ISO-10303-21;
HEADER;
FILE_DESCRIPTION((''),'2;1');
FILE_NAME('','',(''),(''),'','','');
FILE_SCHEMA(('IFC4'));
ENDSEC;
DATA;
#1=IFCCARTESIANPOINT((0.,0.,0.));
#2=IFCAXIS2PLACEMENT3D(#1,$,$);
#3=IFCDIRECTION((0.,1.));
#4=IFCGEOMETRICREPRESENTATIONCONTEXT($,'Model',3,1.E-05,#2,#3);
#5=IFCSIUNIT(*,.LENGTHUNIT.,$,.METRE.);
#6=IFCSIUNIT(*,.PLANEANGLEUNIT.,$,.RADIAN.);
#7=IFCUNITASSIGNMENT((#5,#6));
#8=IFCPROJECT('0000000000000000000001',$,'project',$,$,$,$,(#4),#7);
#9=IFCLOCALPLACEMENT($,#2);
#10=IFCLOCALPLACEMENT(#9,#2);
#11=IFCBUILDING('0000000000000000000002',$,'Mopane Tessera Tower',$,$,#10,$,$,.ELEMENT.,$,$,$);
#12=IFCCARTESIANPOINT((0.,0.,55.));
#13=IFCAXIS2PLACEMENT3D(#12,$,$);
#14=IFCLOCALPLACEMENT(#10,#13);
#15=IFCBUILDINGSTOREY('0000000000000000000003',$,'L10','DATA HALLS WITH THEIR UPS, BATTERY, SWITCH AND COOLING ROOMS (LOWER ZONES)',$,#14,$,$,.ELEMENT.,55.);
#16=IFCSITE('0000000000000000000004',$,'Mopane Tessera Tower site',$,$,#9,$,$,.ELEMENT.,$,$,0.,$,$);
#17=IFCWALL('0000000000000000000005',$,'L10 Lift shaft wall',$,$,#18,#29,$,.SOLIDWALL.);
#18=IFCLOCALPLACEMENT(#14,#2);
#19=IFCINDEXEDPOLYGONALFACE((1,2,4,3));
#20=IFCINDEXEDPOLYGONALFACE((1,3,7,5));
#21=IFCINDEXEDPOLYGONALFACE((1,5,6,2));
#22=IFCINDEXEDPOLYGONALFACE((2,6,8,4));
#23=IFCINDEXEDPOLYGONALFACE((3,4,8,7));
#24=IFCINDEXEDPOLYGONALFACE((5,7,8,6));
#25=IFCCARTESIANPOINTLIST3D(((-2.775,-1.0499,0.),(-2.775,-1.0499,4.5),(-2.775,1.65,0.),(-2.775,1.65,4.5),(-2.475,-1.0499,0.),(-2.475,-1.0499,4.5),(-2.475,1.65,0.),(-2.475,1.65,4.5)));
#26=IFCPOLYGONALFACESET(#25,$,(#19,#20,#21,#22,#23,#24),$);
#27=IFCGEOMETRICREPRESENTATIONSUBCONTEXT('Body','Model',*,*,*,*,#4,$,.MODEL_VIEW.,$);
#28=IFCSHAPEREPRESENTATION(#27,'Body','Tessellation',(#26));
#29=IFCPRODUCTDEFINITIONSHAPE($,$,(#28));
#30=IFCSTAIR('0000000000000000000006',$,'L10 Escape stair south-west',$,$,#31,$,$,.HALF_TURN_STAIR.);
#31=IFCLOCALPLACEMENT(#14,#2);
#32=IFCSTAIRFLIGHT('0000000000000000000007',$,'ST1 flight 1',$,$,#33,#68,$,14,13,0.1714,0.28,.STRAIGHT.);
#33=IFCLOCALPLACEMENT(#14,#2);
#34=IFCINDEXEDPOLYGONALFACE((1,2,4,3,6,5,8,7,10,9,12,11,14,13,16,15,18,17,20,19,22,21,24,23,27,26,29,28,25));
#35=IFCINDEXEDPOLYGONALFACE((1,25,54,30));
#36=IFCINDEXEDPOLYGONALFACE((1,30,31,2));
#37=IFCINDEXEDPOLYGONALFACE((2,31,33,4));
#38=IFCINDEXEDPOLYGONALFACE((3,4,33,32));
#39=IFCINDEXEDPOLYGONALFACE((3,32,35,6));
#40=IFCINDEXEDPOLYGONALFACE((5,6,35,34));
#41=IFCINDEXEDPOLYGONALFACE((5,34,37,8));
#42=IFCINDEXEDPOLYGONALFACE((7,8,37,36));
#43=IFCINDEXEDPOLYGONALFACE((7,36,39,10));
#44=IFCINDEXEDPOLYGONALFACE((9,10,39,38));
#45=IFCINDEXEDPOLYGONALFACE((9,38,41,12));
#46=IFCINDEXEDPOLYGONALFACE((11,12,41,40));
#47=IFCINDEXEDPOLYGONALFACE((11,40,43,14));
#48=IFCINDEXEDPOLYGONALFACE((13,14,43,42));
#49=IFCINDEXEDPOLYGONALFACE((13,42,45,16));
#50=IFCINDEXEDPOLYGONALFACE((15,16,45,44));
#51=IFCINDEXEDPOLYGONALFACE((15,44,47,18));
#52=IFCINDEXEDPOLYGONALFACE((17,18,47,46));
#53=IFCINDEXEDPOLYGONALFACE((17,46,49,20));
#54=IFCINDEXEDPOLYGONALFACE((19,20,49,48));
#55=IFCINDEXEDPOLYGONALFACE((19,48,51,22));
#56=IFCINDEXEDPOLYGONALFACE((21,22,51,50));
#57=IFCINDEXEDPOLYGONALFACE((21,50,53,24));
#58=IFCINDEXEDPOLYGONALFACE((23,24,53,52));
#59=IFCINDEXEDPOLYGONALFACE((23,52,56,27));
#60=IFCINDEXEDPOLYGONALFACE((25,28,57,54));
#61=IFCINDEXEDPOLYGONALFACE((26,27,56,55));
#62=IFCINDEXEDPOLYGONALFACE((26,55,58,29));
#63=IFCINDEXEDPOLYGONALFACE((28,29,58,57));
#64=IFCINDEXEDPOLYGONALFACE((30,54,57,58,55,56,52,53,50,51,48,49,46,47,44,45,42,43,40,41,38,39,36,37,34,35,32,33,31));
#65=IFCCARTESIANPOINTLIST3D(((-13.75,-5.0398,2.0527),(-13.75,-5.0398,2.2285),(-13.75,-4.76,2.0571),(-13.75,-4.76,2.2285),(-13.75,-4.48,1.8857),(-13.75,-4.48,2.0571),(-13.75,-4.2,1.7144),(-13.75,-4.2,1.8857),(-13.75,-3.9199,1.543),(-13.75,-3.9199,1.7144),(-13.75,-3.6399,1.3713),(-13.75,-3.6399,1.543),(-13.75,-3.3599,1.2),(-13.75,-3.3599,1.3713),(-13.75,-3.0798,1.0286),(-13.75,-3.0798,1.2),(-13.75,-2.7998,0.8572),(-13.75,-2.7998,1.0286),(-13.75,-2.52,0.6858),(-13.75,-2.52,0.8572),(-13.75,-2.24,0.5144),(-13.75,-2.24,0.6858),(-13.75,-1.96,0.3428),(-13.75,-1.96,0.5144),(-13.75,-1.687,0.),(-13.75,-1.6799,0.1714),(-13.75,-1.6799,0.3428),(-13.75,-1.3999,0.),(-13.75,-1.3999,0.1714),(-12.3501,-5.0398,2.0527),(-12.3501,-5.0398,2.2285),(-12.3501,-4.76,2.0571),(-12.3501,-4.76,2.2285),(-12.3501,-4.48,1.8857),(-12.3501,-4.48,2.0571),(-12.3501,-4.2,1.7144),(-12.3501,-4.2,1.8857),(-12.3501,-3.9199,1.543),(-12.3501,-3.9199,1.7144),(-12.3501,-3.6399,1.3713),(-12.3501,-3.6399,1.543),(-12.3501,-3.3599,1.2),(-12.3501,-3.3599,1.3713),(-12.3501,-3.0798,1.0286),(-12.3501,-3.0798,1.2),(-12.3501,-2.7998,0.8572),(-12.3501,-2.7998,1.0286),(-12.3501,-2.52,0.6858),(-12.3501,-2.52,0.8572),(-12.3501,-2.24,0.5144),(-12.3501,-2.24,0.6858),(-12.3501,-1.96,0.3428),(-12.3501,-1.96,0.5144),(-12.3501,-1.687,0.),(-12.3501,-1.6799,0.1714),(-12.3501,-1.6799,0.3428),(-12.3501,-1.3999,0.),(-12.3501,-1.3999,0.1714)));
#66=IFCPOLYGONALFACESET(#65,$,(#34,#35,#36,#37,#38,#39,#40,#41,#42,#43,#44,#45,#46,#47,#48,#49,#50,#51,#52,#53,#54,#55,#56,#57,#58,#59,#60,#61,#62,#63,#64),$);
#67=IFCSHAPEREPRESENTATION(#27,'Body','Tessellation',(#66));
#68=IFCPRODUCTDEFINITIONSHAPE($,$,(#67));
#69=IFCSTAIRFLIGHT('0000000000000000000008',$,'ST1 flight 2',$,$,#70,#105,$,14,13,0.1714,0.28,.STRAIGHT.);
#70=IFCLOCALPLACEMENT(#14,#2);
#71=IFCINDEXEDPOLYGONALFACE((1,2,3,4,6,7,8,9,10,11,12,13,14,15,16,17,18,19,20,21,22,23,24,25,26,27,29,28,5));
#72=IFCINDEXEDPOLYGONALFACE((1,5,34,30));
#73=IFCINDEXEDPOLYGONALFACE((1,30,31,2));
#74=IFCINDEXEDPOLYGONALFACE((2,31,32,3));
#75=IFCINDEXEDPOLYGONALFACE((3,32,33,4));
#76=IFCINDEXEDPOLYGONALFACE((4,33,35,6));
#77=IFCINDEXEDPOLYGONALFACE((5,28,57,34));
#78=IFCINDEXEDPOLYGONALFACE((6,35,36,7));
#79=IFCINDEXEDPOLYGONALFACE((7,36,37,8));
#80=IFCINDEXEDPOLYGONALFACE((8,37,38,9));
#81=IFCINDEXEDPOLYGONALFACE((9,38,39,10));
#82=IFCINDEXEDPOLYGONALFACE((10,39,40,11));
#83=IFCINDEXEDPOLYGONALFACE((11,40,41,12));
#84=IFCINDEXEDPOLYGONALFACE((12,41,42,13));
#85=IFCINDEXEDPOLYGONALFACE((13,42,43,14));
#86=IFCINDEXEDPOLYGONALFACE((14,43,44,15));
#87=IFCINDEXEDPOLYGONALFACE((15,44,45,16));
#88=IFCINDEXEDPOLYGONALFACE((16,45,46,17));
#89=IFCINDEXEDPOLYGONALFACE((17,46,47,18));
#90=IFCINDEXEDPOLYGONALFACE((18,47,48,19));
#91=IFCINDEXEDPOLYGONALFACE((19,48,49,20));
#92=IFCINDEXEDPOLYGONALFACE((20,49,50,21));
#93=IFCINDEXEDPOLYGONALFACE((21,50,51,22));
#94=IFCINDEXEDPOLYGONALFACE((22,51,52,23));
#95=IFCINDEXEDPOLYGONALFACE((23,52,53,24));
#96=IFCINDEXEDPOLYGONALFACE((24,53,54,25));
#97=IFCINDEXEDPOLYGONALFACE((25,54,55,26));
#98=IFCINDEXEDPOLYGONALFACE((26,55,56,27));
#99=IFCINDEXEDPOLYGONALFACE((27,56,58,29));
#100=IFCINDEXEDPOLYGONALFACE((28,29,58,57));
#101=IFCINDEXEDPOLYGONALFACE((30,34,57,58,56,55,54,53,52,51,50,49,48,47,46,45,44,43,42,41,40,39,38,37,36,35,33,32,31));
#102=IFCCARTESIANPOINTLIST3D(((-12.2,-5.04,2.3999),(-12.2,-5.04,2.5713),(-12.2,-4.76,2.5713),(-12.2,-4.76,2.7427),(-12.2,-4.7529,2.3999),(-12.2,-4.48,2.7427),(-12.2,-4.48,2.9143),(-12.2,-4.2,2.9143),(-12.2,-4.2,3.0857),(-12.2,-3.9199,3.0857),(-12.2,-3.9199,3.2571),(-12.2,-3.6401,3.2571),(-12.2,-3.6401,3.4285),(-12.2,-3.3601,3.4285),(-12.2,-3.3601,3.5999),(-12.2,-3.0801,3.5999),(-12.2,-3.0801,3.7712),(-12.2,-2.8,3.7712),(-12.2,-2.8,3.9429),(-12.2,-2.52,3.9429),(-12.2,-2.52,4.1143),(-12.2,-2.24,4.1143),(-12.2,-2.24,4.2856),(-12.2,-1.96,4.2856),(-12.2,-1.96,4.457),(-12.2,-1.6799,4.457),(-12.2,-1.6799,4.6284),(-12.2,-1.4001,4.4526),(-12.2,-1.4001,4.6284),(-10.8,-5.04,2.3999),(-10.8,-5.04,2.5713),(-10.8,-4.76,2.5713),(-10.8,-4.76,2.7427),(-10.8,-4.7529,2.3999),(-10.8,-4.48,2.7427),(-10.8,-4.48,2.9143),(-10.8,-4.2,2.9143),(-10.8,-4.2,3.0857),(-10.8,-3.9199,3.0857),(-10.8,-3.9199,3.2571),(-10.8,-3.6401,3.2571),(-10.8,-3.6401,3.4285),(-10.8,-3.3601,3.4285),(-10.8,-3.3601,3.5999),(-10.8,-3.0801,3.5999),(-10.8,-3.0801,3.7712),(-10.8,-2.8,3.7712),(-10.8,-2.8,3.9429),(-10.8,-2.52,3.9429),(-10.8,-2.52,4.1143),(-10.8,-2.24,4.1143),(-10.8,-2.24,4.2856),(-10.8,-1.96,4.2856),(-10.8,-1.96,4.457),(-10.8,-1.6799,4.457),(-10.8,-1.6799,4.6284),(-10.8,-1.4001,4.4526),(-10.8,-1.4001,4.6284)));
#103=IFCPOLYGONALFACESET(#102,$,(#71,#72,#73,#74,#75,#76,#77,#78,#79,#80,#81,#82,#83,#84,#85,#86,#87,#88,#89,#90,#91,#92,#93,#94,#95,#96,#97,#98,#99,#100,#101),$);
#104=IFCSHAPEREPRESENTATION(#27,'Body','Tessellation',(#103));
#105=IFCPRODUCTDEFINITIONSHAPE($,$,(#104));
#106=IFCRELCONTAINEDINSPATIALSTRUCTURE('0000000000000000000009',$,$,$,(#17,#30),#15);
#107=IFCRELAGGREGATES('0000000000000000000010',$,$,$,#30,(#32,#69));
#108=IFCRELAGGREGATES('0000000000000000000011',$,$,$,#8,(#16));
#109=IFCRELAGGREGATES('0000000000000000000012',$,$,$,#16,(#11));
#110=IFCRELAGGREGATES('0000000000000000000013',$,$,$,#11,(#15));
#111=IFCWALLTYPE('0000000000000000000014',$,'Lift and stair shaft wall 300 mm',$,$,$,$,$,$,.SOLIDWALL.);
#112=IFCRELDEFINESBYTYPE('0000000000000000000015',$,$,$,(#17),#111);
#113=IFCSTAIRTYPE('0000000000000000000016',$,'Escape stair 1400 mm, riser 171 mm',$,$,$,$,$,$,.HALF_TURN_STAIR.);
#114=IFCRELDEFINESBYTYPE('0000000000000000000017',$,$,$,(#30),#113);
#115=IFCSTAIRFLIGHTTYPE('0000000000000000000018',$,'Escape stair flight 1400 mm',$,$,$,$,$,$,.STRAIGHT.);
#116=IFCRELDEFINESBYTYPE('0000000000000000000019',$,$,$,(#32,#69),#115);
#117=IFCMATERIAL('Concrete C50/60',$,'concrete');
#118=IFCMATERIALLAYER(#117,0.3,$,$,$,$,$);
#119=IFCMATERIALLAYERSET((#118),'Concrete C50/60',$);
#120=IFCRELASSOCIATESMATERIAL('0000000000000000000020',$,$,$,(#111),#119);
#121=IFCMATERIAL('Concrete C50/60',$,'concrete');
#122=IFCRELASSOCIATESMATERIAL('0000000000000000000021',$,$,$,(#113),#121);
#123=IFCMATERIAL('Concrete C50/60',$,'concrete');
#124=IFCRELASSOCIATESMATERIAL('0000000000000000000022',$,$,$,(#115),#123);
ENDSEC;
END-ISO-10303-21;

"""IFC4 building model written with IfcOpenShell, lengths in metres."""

from ifc_helpers import new_model, si_unit, direction, frame, frame_2d, origin, place, context, subcontext, project, spatial, polyline, rectangle, outline, extrude, material, layer, layer_set, type_object, element, aggregate, save


model = new_model("IFC4")

# Units and contexts
model_context = context("Model", 3, precision=1e-05, world=origin(), true_north=direction((0.0, 1.0)))
body_context = subcontext(model_context, "Body", "Model", "MODEL_VIEW")
ifc_project = project(units=[si_unit("LENGTHUNIT", "METRE"), si_unit("PLANEANGLEUNIT", "RADIAN")], contexts=[model_context])

# Site, building, storey
site_placement = place(None, origin())
site = spatial("IfcSite", under=ifc_project, at=site_placement, Name="Mopane Tessera Tower site", CompositionType="ELEMENT", RefElevation=0.0)
building_placement = place(site_placement, origin())
building = spatial("IfcBuilding", under=site, at=building_placement, Name="Mopane Tessera Tower", CompositionType="ELEMENT")
storey_placement = place(building_placement, frame((0.0, 0.0, 55.0)))
storey = spatial("IfcBuildingStorey", under=building, at=storey_placement, Name="L10", Description="DATA HALLS WITH THEIR UPS, BATTERY, SWITCH AND COOLING ROOMS (LOWER ZONES)", CompositionType="ELEMENT", Elevation=55.0)

# Shared definitions
ifc_material_1 = material(Name="Concrete C50/60", Category="concrete")
ifc_layer_1 = layer(ifc_material_1, 0.3)
ifc_layer_set_1 = layer_set([ifc_layer_1], Name="Concrete C50/60")
wall_type_1 = type_object("IfcWallType", Name="Lift and stair shaft wall 300 mm", PredefinedType="SOLIDWALL", material=ifc_layer_set_1)

# Wall
for number, where, z_axis, x_axis, name in (
    (1, (-2.625, -1.05, 0.0), (0.0, 0.0, 1.0), (0.0, 1.0, 0.0), "L10 Lift shaft wall"),
):
    element("IfcWall", number, at=place(storey_placement, frame(where, z_axis=z_axis, x_axis=x_axis)), inside=storey, type_object=wall_type_1, Name=name, PredefinedType="SOLIDWALL", context=body_context, shape_type="SweptSolid", body=[
        extrude(rectangle(XDim=2.7, YDim=0.3, at=frame_2d((1.3501, 0.0))), origin(), (0.0, 0.0, 1.0), 4.5),
    ])

# Stair, stair flights
ifc_material_2 = material(Name="Concrete C50/60", Category="concrete")
stair_type = type_object("IfcStairType", Name="Escape stair 1400 mm, riser 171 mm", PredefinedType="HALF_TURN_STAIR", material=ifc_material_2)
stair_placement = place(storey_placement, origin())
stair = element("IfcStair", 2, at=stair_placement, inside=storey, type_object=stair_type, Name="L10 Escape stair south-west", PredefinedType="HALF_TURN_STAIR")
ifc_material_3 = material(Name="Concrete C50/60", Category="concrete")
stair_flight_type = type_object("IfcStairFlightType", Name="Escape stair flight 1400 mm", PredefinedType="STRAIGHT", material=ifc_material_3)
stair_flight_1_placement = place(storey_placement, frame((-13.05, -1.3999, 0.0), z_axis=(0.0, 0.0, 1.0), x_axis=(0.0, -1.0, 0.0)))
stair_flight_1 = element("IfcStairFlight", 3, at=stair_flight_1_placement, type_object=stair_flight_type, Name="ST1 flight 1", NumberOfRisers=14, NumberOfTreads=13, PredefinedType="STRAIGHT", RiserHeight=0.1714, TreadLength=0.28, context=body_context, shape_type="SweptSolid", body=[
    extrude(outline(polyline([(0.0, 0.0), (0.0, 0.1714), (0.28, 0.1714), (0.28, 0.3428), (0.5601, 0.3428), (0.5601, 0.5144), (0.8401, 0.5144), (0.8401, 0.6858), (1.1201, 0.6858), (1.1201, 0.8572), (1.3999, 0.8572), (1.3999, 1.0286), (1.6799, 1.0286), (1.6799, 1.2), (1.96, 1.2), (1.96, 1.3713), (2.24, 1.3713), (2.24, 1.543), (2.52, 1.543), (2.52, 1.7144), (2.8, 1.7144), (2.8, 1.8857), (3.0801, 1.8857), (3.0801, 2.0571), (3.3601, 2.0571), (3.3601, 2.2285), (3.6399, 2.2285), (3.6399, 2.3999), (3.6399, 2.0527), (0.2871, 0.0), (0.0, 0.0)])), frame((0.0, 0.7, 0.0), z_axis=(0.0, -1.0, 0.0), x_axis=(1.0, 0.0, 0.0)), (0.0, 0.0, 1.0), 1.3999),
])
stair_flight_2_placement = place(storey_placement, frame((-11.5, -5.04, 2.3999), z_axis=(0.0, 0.0, 1.0), x_axis=(0.0, 1.0, 0.0)))
stair_flight_2 = element("IfcStairFlight", 4, at=stair_flight_2_placement, type_object=stair_flight_type, Name="ST1 flight 2", NumberOfRisers=14, NumberOfTreads=13, PredefinedType="STRAIGHT", RiserHeight=0.1714, TreadLength=0.28, context=body_context, shape_type="SweptSolid", body=[
    extrude(outline(polyline([(0.0, 0.0), (0.0, 0.1714), (0.28, 0.1714), (0.28, 0.3428), (0.5601, 0.3428), (0.5601, 0.5144), (0.8401, 0.5144), (0.8401, 0.6858), (1.1201, 0.6858), (1.1201, 0.8572), (1.3999, 0.8572), (1.3999, 1.0286), (1.6799, 1.0286), (1.6799, 1.2), (1.96, 1.2), (1.96, 1.3713), (2.24, 1.3713), (2.24, 1.543), (2.52, 1.543), (2.52, 1.7144), (2.8, 1.7144), (2.8, 1.8857), (3.0801, 1.8857), (3.0801, 2.0571), (3.3601, 2.0571), (3.3601, 2.2285), (3.6399, 2.2285), (3.6399, 2.3999), (3.6399, 2.0527), (0.2871, 0.0), (0.0, 0.0)])), frame((0.0, 0.7, 0.0), z_axis=(0.0, -1.0, 0.0), x_axis=(1.0, 0.0, 0.0)), (0.0, 0.0, 1.0), 1.3999),
])
aggregate(stair, [stair_flight_1, stair_flight_2])

save(model, "model.ifc")
